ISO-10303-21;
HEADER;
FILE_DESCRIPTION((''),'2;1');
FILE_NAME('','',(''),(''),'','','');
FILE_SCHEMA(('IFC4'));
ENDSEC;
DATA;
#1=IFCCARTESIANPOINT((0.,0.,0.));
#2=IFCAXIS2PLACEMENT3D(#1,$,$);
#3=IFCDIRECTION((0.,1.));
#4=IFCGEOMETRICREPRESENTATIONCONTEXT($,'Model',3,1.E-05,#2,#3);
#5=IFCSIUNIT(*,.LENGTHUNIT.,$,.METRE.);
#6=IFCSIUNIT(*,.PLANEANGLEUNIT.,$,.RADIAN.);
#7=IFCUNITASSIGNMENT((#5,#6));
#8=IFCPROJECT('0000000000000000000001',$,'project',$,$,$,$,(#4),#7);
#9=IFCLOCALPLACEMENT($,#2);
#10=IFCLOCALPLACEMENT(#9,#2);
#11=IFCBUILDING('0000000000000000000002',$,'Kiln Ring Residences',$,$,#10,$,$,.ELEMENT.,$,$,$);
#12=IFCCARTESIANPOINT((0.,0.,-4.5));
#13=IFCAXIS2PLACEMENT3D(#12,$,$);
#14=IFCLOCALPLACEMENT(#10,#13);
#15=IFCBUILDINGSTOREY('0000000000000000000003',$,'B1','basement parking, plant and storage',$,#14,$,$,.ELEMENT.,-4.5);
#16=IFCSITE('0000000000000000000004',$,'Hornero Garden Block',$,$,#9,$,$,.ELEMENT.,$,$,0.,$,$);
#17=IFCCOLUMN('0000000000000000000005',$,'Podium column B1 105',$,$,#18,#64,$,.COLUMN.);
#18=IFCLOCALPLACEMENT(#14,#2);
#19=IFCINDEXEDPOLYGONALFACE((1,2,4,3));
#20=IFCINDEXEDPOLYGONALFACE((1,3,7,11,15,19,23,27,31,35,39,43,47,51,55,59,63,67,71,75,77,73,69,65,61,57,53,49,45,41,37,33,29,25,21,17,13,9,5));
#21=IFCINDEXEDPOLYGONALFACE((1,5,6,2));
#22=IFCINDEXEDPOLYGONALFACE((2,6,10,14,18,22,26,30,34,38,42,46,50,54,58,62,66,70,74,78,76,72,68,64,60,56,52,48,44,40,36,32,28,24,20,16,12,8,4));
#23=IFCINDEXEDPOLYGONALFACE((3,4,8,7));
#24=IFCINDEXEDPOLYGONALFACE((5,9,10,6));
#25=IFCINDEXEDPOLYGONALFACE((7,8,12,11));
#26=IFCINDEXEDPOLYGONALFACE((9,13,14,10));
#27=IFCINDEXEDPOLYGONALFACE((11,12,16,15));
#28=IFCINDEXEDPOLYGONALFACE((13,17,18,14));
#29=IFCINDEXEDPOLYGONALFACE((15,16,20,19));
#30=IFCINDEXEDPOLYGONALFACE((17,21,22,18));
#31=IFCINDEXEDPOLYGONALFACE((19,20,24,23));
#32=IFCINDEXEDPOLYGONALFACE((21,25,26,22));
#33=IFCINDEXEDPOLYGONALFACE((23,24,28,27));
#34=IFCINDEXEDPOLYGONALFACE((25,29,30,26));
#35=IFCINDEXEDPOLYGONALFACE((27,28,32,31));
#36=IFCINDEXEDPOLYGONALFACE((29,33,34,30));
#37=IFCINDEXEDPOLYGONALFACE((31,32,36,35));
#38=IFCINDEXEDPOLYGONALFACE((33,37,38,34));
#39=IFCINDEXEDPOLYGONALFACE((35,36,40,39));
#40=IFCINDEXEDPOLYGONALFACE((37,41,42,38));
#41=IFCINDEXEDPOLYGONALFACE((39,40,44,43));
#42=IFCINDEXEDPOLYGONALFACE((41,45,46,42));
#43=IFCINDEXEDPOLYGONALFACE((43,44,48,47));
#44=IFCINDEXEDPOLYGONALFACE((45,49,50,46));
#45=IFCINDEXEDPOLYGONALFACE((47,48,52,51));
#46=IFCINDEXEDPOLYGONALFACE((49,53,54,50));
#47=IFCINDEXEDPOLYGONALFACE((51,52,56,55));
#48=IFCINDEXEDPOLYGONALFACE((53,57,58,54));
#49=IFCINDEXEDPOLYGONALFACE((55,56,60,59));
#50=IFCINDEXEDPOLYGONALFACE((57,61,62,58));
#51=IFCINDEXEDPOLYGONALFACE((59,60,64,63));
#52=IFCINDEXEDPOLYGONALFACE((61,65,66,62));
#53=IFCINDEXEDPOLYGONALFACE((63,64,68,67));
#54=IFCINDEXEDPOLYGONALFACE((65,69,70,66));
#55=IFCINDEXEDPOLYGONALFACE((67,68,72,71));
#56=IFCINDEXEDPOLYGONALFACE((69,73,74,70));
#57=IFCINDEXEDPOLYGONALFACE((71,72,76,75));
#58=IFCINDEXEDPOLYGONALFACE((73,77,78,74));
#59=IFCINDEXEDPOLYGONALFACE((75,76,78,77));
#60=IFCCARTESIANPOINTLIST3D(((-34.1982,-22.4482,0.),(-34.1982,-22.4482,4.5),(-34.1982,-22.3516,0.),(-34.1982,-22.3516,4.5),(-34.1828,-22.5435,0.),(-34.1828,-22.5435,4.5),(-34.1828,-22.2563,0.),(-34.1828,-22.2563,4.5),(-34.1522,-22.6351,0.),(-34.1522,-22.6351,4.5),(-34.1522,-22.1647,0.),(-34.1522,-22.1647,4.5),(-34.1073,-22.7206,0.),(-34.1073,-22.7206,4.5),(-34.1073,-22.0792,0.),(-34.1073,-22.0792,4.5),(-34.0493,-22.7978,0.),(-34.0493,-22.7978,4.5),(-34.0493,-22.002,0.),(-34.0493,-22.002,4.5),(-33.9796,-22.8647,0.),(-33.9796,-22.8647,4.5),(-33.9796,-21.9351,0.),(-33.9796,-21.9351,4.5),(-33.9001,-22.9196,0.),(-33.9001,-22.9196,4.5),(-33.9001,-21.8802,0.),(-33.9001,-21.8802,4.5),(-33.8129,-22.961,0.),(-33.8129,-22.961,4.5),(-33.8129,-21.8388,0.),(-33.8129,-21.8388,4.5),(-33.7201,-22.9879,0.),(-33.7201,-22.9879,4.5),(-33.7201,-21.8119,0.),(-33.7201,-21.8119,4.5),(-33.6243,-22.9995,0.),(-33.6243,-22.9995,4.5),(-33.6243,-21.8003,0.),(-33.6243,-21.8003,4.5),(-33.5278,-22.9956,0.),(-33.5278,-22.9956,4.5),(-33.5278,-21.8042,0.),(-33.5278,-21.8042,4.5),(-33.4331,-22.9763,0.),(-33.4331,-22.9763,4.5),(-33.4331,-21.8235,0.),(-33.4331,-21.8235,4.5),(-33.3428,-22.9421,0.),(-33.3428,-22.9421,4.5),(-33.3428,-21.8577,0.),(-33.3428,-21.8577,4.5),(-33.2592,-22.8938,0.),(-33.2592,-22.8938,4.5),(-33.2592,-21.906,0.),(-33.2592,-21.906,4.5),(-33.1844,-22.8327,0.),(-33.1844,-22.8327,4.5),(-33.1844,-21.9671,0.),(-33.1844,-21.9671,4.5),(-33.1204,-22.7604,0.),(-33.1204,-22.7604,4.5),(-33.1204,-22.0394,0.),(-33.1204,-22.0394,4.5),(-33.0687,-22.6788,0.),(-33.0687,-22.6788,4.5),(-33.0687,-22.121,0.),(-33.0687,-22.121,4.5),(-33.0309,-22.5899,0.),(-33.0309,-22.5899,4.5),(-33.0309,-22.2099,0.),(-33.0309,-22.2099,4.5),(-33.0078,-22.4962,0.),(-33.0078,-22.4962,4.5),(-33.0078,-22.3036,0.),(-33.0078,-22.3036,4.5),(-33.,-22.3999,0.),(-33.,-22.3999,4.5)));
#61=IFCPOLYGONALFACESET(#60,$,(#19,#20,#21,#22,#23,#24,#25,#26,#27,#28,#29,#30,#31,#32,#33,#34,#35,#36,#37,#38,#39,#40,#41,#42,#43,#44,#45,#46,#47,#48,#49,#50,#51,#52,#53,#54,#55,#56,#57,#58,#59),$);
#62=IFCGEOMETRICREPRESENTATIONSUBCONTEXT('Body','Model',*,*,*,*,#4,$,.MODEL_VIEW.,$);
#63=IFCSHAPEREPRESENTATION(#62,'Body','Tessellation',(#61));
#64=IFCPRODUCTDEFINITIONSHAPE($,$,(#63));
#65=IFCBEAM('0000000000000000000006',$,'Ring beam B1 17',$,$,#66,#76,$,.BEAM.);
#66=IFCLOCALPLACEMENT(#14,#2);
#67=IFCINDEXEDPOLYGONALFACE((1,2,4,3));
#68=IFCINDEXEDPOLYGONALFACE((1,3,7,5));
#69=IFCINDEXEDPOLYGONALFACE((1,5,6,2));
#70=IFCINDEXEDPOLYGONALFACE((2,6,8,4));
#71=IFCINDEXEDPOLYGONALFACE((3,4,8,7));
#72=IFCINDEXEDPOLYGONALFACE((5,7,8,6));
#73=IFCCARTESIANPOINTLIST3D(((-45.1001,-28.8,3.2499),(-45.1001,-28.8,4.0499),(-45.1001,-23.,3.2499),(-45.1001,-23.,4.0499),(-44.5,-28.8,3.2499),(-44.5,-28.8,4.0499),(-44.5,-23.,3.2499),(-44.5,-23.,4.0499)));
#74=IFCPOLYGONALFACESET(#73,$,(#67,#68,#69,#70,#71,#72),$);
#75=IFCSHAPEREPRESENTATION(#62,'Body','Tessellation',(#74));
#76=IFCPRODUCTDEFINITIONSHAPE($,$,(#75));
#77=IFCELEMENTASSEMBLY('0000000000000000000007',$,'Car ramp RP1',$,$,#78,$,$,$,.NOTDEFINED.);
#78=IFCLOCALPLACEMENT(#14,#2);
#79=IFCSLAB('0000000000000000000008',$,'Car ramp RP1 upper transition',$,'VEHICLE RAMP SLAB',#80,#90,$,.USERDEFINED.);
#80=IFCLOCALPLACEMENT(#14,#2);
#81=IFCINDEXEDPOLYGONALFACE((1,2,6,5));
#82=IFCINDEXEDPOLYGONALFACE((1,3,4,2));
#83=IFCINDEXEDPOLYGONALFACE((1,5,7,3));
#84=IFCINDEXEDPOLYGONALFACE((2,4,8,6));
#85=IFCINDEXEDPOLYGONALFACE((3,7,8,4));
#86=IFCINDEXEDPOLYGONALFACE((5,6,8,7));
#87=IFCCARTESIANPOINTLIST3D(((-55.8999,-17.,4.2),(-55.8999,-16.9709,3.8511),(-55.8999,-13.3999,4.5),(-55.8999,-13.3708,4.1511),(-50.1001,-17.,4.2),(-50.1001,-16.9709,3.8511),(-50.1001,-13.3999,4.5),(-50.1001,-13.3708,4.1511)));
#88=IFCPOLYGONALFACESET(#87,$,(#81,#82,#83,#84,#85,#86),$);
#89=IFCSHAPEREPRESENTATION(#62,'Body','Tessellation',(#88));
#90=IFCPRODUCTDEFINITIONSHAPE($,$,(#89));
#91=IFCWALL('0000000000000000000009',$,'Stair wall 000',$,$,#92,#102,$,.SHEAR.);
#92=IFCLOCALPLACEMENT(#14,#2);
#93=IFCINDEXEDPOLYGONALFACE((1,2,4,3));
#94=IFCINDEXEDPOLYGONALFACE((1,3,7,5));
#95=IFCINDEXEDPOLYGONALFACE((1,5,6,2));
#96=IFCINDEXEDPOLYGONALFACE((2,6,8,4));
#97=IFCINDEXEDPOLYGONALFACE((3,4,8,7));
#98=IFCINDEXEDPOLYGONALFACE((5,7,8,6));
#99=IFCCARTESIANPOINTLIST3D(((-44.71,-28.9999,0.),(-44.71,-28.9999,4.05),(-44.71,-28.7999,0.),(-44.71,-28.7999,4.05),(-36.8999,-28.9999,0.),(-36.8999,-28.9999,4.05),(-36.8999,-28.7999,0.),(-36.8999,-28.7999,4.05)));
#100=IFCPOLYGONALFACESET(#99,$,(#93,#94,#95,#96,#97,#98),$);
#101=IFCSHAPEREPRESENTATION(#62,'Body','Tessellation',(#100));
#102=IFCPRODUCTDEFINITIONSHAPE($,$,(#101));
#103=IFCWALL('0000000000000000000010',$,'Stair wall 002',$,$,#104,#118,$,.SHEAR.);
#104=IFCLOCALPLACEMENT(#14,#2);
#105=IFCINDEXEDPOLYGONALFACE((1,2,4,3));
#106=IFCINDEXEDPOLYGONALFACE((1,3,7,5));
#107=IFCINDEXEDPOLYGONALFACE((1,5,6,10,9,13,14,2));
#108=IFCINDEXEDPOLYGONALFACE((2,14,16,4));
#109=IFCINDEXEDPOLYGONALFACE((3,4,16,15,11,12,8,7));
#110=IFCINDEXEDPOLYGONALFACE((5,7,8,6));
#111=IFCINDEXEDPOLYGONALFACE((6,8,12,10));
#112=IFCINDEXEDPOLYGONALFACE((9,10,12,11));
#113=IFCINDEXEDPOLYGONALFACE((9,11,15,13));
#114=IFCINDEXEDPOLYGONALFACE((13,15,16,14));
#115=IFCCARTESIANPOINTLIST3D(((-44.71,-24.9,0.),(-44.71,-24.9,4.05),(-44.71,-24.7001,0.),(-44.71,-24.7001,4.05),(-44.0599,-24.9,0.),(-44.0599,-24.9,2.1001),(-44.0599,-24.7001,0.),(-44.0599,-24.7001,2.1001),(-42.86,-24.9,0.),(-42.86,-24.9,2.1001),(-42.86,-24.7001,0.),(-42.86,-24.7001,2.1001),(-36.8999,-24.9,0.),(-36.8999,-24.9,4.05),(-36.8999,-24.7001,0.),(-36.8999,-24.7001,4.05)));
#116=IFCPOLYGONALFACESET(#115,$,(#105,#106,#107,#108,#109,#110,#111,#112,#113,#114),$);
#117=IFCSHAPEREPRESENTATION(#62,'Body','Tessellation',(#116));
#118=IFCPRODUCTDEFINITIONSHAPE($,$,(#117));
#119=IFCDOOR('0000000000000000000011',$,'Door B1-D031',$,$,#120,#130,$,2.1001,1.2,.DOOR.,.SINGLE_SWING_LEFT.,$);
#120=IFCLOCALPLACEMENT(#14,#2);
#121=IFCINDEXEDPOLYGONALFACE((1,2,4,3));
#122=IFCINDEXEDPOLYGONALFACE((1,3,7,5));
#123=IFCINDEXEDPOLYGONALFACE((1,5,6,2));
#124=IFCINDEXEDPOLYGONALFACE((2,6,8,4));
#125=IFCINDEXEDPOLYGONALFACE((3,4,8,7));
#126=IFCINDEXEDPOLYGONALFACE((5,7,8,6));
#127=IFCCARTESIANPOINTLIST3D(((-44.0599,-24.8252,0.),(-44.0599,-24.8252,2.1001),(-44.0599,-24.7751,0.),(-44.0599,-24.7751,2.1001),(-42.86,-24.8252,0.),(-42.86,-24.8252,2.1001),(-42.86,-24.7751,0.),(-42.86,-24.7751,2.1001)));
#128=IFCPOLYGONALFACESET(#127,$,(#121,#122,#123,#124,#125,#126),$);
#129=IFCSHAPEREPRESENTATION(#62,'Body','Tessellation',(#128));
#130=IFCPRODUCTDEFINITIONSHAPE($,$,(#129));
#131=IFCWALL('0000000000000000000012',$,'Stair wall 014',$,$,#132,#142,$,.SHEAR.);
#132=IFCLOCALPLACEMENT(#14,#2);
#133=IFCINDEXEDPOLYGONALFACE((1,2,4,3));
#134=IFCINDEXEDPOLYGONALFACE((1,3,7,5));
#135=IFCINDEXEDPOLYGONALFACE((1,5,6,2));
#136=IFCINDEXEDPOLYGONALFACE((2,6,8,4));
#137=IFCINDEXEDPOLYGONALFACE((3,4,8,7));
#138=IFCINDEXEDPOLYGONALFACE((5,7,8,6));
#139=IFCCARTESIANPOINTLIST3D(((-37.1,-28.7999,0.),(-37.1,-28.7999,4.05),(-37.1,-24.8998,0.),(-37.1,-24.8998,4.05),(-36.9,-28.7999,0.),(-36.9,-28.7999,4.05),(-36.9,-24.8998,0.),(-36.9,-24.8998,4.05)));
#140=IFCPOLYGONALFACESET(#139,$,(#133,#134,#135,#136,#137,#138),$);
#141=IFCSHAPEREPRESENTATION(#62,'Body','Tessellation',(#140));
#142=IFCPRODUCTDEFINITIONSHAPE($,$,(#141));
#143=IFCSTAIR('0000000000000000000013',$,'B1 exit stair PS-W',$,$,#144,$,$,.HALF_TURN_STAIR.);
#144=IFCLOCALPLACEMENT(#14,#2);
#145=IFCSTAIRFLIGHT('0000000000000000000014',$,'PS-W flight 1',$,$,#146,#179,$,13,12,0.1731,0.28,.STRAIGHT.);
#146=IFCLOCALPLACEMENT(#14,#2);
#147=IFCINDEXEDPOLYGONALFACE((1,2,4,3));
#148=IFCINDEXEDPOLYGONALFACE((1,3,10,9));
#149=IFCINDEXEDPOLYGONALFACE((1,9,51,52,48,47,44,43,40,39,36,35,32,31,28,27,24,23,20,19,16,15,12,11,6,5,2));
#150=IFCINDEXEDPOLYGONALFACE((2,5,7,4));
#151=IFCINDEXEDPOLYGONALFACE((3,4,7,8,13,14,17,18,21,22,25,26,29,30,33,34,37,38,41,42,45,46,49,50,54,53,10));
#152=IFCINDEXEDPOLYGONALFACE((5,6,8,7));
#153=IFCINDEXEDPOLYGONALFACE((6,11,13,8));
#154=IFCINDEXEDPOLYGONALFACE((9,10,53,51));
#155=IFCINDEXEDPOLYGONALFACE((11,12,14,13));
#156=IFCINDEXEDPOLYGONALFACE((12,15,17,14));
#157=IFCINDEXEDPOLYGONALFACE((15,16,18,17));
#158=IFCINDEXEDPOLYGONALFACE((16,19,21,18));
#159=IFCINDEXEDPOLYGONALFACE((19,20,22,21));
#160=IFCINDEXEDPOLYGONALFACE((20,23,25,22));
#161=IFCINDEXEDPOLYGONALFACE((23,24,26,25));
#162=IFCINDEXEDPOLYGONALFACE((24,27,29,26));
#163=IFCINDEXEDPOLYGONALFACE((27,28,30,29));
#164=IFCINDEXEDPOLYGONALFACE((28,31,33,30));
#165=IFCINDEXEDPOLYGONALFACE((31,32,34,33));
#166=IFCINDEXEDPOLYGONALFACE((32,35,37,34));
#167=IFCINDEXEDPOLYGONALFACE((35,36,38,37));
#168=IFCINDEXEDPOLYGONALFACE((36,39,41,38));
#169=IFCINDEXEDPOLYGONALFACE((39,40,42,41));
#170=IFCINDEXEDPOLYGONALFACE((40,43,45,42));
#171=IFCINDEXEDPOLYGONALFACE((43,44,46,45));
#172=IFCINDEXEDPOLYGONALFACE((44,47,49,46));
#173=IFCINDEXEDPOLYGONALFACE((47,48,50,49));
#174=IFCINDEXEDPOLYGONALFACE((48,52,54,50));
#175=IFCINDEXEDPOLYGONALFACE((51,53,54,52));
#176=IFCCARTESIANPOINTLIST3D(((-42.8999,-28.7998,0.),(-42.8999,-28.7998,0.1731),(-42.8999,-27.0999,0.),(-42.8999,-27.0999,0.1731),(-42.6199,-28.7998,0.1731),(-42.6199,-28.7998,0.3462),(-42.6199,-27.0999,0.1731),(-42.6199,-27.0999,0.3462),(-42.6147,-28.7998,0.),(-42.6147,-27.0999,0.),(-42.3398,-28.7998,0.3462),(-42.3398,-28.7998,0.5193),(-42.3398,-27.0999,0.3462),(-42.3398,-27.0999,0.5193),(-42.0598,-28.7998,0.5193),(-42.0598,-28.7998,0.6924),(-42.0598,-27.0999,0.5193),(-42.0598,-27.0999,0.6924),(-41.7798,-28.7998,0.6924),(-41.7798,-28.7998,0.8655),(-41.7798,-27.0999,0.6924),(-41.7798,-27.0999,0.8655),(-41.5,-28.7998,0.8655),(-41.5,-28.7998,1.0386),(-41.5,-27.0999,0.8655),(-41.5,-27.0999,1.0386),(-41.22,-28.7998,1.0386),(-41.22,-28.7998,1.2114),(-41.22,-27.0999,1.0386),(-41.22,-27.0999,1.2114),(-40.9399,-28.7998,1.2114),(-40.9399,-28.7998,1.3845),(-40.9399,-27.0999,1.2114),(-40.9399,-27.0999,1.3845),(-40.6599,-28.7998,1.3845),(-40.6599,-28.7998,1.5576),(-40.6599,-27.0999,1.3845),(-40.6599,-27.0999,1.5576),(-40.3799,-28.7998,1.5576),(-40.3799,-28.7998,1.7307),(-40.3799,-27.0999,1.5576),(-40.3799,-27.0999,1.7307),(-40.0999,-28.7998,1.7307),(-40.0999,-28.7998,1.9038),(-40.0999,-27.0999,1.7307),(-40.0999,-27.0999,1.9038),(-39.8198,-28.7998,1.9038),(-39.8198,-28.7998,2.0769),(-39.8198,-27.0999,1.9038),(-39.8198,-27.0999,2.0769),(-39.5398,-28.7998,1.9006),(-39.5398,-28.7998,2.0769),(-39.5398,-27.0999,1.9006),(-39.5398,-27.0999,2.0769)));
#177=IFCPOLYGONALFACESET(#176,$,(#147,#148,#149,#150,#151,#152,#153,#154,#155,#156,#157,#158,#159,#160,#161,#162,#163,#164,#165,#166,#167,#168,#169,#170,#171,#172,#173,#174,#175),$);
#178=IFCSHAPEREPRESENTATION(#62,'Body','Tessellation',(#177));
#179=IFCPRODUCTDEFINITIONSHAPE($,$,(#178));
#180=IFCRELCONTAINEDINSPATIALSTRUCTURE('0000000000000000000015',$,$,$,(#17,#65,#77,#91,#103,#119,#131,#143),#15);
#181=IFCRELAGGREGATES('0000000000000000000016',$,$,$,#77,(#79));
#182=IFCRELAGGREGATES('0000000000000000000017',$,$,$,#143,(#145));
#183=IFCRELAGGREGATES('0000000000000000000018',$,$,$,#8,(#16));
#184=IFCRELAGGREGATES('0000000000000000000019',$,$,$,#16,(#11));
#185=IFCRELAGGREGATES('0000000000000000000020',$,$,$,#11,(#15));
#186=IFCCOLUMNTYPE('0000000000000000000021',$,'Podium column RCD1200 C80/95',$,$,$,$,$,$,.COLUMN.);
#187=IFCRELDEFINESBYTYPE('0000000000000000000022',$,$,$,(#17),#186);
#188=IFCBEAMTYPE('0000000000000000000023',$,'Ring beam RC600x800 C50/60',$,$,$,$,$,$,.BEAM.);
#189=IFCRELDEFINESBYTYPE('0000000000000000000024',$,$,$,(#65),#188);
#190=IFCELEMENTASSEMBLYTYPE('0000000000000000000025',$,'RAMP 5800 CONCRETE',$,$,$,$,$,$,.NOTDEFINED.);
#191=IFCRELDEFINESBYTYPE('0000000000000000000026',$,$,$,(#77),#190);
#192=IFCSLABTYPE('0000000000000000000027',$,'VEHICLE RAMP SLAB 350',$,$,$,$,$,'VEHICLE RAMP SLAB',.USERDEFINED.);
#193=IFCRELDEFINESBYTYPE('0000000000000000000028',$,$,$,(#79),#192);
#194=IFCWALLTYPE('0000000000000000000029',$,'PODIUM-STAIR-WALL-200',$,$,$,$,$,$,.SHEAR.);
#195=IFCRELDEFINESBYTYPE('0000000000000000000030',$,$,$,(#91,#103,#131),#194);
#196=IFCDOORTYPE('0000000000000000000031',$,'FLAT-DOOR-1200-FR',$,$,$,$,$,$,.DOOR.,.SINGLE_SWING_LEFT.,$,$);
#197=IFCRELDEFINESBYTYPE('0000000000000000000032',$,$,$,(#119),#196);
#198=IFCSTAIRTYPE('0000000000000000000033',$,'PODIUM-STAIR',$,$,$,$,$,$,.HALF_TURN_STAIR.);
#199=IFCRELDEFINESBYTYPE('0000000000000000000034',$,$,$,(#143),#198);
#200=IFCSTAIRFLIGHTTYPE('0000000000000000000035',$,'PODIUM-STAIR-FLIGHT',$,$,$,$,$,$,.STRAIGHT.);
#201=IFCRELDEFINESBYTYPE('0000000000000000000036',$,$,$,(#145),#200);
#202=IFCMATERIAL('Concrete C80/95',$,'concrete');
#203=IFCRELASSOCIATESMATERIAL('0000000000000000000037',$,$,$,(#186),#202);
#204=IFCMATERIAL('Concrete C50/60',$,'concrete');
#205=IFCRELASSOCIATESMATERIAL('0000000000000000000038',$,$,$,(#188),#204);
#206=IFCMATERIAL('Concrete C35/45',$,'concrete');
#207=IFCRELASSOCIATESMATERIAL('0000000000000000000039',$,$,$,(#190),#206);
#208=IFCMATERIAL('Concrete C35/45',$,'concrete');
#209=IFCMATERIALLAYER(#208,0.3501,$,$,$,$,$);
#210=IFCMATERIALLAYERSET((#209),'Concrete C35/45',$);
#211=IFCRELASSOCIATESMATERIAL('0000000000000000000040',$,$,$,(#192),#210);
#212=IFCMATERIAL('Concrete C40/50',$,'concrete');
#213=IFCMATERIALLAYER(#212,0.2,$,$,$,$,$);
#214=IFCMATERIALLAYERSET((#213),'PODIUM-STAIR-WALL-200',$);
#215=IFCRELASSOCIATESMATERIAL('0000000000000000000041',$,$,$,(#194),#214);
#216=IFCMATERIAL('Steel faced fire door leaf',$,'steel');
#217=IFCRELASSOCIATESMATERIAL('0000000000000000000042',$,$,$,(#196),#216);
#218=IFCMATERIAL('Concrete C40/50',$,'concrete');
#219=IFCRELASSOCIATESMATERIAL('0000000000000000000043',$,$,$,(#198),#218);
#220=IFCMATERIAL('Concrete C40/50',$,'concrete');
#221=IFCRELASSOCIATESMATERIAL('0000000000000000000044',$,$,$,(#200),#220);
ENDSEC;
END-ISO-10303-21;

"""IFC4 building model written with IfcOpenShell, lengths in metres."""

from ifc_helpers import new_model, si_unit, direction, frame, frame_2d, origin, origin_2d, place, context, subcontext, project, spatial, polyline, rectangle, circle, outline, extrude, material, layer, layer_set, material_profile, profile_set, type_object, element, fill, aggregate, save


model = new_model("IFC4")

# Units and contexts
model_context = context("Model", 3, precision=1e-05, world=origin(), true_north=direction((0.0, 1.0)))
body_context = subcontext(model_context, "Body", "Model", "MODEL_VIEW")
ifc_project = project(units=[si_unit("LENGTHUNIT", "METRE"), si_unit("PLANEANGLEUNIT", "RADIAN")], contexts=[model_context])

# Site, building, storey
site_placement = place(None, origin())
site = spatial("IfcSite", under=ifc_project, at=site_placement, Name="Hornero Garden Block", CompositionType="ELEMENT", RefElevation=0.0)
building_placement = place(site_placement, origin())
building = spatial("IfcBuilding", under=site, at=building_placement, Name="Kiln Ring Residences", CompositionType="ELEMENT")
storey_placement = place(building_placement, frame((0.0, 0.0, -4.5)))
storey = spatial("IfcBuildingStorey", under=building, at=storey_placement, Name="B1", Description="basement parking, plant and storage", CompositionType="ELEMENT", Elevation=-4.5)

# Column
ifc_material_1 = material(Name="Concrete C80/95", Category="concrete")
ifc_material_profile_1 = material_profile(ifc_material_1, circle(Radius=0.6001, at=origin_2d()), Name="RCD1200")
ifc_profile_set_1 = profile_set([ifc_material_profile_1], Name="Concrete C80/95")
column_type = type_object("IfcColumnType", Name="Podium column RCD1200 C80/95", PredefinedType="COLUMN", material=ifc_profile_set_1)
for number, where, z_axis, x_axis, name in (
    (1, (-33.6001, -22.3999, 0.0), (0.0, 0.0, 1.0), (1.0, 0.0, 0.0), "Podium column B1 105"),
):
    element("IfcColumn", number, at=place(storey_placement, frame(where, z_axis=z_axis, x_axis=x_axis)), inside=storey, type_object=column_type, Name=name, PredefinedType="COLUMN", context=body_context, shape_type="SweptSolid", body=[
        extrude(circle(Radius=0.6001, at=origin_2d()), origin(), (0.0, 0.0, 1.0), 4.5),
    ])

# Beam
ifc_material_2 = material(Name="Concrete C50/60", Category="concrete")
ifc_material_profile_2 = material_profile(ifc_material_2, rectangle(XDim=0.6001, YDim=0.8, at=origin_2d()), Name="RC600x800")
ifc_profile_set_2 = profile_set([ifc_material_profile_2], Name="Concrete C50/60")
beam_type = type_object("IfcBeamType", Name="Ring beam RC600x800 C50/60", PredefinedType="BEAM", material=ifc_profile_set_2)
beam_placement = place(storey_placement, frame((-44.8, -23.0, 3.6499), z_axis=(0.0, -1.0, 0.0), x_axis=(1.0, 0.0, 0.0)))
element("IfcBeam", 2, at=beam_placement, inside=storey, type_object=beam_type, Name="Ring beam B1 17", PredefinedType="BEAM", context=body_context, shape_type="SweptSolid", body=[
    extrude(rectangle(XDim=0.6001, YDim=0.8, at=origin_2d()), origin(), (0.0, 0.0, 1.0), 5.8),
])

# Element assembly, slab
ifc_material_3 = material(Name="Concrete C35/45", Category="concrete")
element_assembly_type = type_object("IfcElementAssemblyType", Name="RAMP 5800 CONCRETE", PredefinedType="NOTDEFINED", material=ifc_material_3)
placement = place(storey_placement, origin())
assembly = element("IfcElementAssembly", 3, at=placement, inside=storey, type_object=element_assembly_type, Name="Car ramp RP1", PredefinedType="NOTDEFINED")
ifc_material_4 = material(Name="Concrete C35/45", Category="concrete")
ifc_layer_1 = layer(ifc_material_4, 0.3501)
ifc_layer_set_1 = layer_set([ifc_layer_1], Name="Concrete C35/45")
slab_type = type_object("IfcSlabType", Name="VEHICLE RAMP SLAB 350", ElementType="VEHICLE RAMP SLAB", PredefinedType="USERDEFINED", material=ifc_layer_set_1)
slab_placement = place(storey_placement, frame((-55.8999, -17.0, 4.2), z_axis=(0.0, -0.083057, 0.996545), x_axis=(1.0, 0.0, 0.0)))
slab = element("IfcSlab", 4, at=slab_placement, type_object=slab_type, Name="Car ramp RP1 upper transition", ObjectType="VEHICLE RAMP SLAB", PredefinedType="USERDEFINED", context=body_context, shape_type="SweptSolid", body=[
    extrude(outline(polyline([(0.0, 0.0), (5.7998, 0.0), (5.7998, 3.6126), (0.0, 3.6126), (0.0, 0.0)])), origin(), (0.0, 0.0, -1.0), 0.3501),
])
aggregate(assembly, [slab])

# Wall
ifc_material_5 = material(Name="Concrete C40/50", Category="concrete")
ifc_layer_2 = layer(ifc_material_5, 0.2)
ifc_layer_set_2 = layer_set([ifc_layer_2], Name="PODIUM-STAIR-WALL-200")
wall_type = type_object("IfcWallType", Name="PODIUM-STAIR-WALL-200", PredefinedType="SHEAR", material=ifc_layer_set_2)
wall_1_placement = place(storey_placement, frame((-44.71, -28.8999, 0.0), z_axis=(0.0, 0.0, 1.0), x_axis=(1.0, 0.0, 0.0)))
element("IfcWall", 5, at=wall_1_placement, inside=storey, type_object=wall_type, Name="Stair wall 000", PredefinedType="SHEAR", context=body_context, shape_type="SweptSolid", body=[
    extrude(rectangle(XDim=7.8101, YDim=0.2, at=frame_2d((3.905, 0.0))), origin(), (0.0, 0.0, 1.0), 4.05),
])

# Wall, opening, door
wall_2_placement = place(storey_placement, frame((-44.71, -24.8, 0.0), z_axis=(0.0, 0.0, 1.0), x_axis=(1.0, 0.0, 0.0)))
wall_2 = element("IfcWall", 6, at=wall_2_placement, inside=storey, type_object=wall_type, Name="Stair wall 002", PredefinedType="SHEAR", context=body_context, shape_type="SweptSolid", body=[
    extrude(rectangle(XDim=7.8101, YDim=0.2, at=frame_2d((3.905, 0.0))), origin(), (0.0, 0.0, 1.0), 4.05),
])
opening_placement = place(wall_2_placement, frame((0.6499, 0.0, 0.0)))
opening = element("IfcOpeningElement", 7, at=opening_placement, cuts=wall_2, PredefinedType="OPENING", context=body_context, shape_type="SweptSolid", body=[
    extrude(rectangle(XDim=1.2, YDim=2.1001, at=frame_2d((0.6001, 1.05))), frame((0.0, 0.1099, 0.0), z_axis=(0.0, -1.0, 0.0), x_axis=(1.0, 0.0, 0.0)), (0.0, 0.0, 1.0), 0.22),
])
ifc_material_6 = material(Name="Steel faced fire door leaf", Category="steel")
door_type = type_object("IfcDoorType", Name="FLAT-DOOR-1200-FR", OperationType="SINGLE_SWING_LEFT", PredefinedType="DOOR", material=ifc_material_6)
door_placement = place(opening_placement, origin())
door = element("IfcDoor", 8, at=door_placement, inside=storey, type_object=door_type, Name="Door B1-D031", OperationType="SINGLE_SWING_LEFT", OverallHeight=2.1001, OverallWidth=1.2, PredefinedType="DOOR", context=body_context, shape_type="SweptSolid", body=[
    extrude(rectangle(XDim=1.2, YDim=2.1001, at=frame_2d((0.6001, 1.05))), frame((0.0, 0.0249, 0.0), z_axis=(0.0, -1.0, 0.0), x_axis=(1.0, 0.0, 0.0)), (0.0, 0.0, 1.0), 0.05),
])
fill(opening, door)

# Wall
wall_3_placement = place(storey_placement, frame((-37.0, -28.8, 0.0), z_axis=(0.0, 0.0, 1.0), x_axis=(0.0, 1.0, 0.0)))
element("IfcWall", 9, at=wall_3_placement, inside=storey, type_object=wall_type, Name="Stair wall 014", PredefinedType="SHEAR", context=body_context, shape_type="SweptSolid", body=[
    extrude(rectangle(XDim=3.9001, YDim=0.2, at=frame_2d((1.9502, 0.0))), origin(), (0.0, 0.0, 1.0), 4.05),
])

# Stair, stair flight
ifc_material_7 = material(Name="Concrete C40/50", Category="concrete")
stair_type = type_object("IfcStairType", Name="PODIUM-STAIR", PredefinedType="HALF_TURN_STAIR", material=ifc_material_7)
stair = element("IfcStair", 10, at=placement, inside=storey, type_object=stair_type, Name="B1 exit stair PS-W", PredefinedType="HALF_TURN_STAIR")
ifc_material_8 = material(Name="Concrete C40/50", Category="concrete")
stair_flight_type = type_object("IfcStairFlightType", Name="PODIUM-STAIR-FLIGHT", PredefinedType="STRAIGHT", material=ifc_material_8)
stair_flight_1_placement = place(storey_placement, frame((-42.8999, -27.95, 0.0), z_axis=(0.0, 0.0, 1.0), x_axis=(1.0, 0.0, 0.0)))
stair_flight_1 = element("IfcStairFlight", 11, at=stair_flight_1_placement, type_object=stair_flight_type, Name="PS-W flight 1", NumberOfRisers=13, NumberOfTreads=12, PredefinedType="STRAIGHT", RiserHeight=0.1731, TreadLength=0.28, context=body_context, shape_type="SweptSolid", body=[
    extrude(outline(polyline([(0.0, 0.0), (0.0, 0.1731), (0.28, 0.1731), (0.28, 0.3462), (0.5601, 0.3462), (0.5601, 0.5193), (0.8401, 0.5193), (0.8401, 0.6924), (1.1201, 0.6924), (1.1201, 0.8655), (1.3999, 0.8655), (1.3999, 1.0386), (1.6799, 1.0386), (1.6799, 1.2114), (1.96, 1.2114), (1.96, 1.3845), (2.24, 1.3845), (2.24, 1.5576), (2.52, 1.5576), (2.52, 1.7307), (2.8, 1.7307), (2.8, 1.9038), (3.0801, 1.9038), (3.0801, 2.0769), (3.3601, 2.0769), (3.3601, 2.25), (3.3601, 1.9006), (0.2852, 0.0), (0.0, 0.0)])), frame((0.0, 0.8501, 0.0), z_axis=(0.0, -1.0, 0.0), x_axis=(1.0, 0.0, 0.0)), (0.0, 0.0, 1.0), 1.7),
])
aggregate(stair, [stair_flight_1])

save(model, "model.ifc")
